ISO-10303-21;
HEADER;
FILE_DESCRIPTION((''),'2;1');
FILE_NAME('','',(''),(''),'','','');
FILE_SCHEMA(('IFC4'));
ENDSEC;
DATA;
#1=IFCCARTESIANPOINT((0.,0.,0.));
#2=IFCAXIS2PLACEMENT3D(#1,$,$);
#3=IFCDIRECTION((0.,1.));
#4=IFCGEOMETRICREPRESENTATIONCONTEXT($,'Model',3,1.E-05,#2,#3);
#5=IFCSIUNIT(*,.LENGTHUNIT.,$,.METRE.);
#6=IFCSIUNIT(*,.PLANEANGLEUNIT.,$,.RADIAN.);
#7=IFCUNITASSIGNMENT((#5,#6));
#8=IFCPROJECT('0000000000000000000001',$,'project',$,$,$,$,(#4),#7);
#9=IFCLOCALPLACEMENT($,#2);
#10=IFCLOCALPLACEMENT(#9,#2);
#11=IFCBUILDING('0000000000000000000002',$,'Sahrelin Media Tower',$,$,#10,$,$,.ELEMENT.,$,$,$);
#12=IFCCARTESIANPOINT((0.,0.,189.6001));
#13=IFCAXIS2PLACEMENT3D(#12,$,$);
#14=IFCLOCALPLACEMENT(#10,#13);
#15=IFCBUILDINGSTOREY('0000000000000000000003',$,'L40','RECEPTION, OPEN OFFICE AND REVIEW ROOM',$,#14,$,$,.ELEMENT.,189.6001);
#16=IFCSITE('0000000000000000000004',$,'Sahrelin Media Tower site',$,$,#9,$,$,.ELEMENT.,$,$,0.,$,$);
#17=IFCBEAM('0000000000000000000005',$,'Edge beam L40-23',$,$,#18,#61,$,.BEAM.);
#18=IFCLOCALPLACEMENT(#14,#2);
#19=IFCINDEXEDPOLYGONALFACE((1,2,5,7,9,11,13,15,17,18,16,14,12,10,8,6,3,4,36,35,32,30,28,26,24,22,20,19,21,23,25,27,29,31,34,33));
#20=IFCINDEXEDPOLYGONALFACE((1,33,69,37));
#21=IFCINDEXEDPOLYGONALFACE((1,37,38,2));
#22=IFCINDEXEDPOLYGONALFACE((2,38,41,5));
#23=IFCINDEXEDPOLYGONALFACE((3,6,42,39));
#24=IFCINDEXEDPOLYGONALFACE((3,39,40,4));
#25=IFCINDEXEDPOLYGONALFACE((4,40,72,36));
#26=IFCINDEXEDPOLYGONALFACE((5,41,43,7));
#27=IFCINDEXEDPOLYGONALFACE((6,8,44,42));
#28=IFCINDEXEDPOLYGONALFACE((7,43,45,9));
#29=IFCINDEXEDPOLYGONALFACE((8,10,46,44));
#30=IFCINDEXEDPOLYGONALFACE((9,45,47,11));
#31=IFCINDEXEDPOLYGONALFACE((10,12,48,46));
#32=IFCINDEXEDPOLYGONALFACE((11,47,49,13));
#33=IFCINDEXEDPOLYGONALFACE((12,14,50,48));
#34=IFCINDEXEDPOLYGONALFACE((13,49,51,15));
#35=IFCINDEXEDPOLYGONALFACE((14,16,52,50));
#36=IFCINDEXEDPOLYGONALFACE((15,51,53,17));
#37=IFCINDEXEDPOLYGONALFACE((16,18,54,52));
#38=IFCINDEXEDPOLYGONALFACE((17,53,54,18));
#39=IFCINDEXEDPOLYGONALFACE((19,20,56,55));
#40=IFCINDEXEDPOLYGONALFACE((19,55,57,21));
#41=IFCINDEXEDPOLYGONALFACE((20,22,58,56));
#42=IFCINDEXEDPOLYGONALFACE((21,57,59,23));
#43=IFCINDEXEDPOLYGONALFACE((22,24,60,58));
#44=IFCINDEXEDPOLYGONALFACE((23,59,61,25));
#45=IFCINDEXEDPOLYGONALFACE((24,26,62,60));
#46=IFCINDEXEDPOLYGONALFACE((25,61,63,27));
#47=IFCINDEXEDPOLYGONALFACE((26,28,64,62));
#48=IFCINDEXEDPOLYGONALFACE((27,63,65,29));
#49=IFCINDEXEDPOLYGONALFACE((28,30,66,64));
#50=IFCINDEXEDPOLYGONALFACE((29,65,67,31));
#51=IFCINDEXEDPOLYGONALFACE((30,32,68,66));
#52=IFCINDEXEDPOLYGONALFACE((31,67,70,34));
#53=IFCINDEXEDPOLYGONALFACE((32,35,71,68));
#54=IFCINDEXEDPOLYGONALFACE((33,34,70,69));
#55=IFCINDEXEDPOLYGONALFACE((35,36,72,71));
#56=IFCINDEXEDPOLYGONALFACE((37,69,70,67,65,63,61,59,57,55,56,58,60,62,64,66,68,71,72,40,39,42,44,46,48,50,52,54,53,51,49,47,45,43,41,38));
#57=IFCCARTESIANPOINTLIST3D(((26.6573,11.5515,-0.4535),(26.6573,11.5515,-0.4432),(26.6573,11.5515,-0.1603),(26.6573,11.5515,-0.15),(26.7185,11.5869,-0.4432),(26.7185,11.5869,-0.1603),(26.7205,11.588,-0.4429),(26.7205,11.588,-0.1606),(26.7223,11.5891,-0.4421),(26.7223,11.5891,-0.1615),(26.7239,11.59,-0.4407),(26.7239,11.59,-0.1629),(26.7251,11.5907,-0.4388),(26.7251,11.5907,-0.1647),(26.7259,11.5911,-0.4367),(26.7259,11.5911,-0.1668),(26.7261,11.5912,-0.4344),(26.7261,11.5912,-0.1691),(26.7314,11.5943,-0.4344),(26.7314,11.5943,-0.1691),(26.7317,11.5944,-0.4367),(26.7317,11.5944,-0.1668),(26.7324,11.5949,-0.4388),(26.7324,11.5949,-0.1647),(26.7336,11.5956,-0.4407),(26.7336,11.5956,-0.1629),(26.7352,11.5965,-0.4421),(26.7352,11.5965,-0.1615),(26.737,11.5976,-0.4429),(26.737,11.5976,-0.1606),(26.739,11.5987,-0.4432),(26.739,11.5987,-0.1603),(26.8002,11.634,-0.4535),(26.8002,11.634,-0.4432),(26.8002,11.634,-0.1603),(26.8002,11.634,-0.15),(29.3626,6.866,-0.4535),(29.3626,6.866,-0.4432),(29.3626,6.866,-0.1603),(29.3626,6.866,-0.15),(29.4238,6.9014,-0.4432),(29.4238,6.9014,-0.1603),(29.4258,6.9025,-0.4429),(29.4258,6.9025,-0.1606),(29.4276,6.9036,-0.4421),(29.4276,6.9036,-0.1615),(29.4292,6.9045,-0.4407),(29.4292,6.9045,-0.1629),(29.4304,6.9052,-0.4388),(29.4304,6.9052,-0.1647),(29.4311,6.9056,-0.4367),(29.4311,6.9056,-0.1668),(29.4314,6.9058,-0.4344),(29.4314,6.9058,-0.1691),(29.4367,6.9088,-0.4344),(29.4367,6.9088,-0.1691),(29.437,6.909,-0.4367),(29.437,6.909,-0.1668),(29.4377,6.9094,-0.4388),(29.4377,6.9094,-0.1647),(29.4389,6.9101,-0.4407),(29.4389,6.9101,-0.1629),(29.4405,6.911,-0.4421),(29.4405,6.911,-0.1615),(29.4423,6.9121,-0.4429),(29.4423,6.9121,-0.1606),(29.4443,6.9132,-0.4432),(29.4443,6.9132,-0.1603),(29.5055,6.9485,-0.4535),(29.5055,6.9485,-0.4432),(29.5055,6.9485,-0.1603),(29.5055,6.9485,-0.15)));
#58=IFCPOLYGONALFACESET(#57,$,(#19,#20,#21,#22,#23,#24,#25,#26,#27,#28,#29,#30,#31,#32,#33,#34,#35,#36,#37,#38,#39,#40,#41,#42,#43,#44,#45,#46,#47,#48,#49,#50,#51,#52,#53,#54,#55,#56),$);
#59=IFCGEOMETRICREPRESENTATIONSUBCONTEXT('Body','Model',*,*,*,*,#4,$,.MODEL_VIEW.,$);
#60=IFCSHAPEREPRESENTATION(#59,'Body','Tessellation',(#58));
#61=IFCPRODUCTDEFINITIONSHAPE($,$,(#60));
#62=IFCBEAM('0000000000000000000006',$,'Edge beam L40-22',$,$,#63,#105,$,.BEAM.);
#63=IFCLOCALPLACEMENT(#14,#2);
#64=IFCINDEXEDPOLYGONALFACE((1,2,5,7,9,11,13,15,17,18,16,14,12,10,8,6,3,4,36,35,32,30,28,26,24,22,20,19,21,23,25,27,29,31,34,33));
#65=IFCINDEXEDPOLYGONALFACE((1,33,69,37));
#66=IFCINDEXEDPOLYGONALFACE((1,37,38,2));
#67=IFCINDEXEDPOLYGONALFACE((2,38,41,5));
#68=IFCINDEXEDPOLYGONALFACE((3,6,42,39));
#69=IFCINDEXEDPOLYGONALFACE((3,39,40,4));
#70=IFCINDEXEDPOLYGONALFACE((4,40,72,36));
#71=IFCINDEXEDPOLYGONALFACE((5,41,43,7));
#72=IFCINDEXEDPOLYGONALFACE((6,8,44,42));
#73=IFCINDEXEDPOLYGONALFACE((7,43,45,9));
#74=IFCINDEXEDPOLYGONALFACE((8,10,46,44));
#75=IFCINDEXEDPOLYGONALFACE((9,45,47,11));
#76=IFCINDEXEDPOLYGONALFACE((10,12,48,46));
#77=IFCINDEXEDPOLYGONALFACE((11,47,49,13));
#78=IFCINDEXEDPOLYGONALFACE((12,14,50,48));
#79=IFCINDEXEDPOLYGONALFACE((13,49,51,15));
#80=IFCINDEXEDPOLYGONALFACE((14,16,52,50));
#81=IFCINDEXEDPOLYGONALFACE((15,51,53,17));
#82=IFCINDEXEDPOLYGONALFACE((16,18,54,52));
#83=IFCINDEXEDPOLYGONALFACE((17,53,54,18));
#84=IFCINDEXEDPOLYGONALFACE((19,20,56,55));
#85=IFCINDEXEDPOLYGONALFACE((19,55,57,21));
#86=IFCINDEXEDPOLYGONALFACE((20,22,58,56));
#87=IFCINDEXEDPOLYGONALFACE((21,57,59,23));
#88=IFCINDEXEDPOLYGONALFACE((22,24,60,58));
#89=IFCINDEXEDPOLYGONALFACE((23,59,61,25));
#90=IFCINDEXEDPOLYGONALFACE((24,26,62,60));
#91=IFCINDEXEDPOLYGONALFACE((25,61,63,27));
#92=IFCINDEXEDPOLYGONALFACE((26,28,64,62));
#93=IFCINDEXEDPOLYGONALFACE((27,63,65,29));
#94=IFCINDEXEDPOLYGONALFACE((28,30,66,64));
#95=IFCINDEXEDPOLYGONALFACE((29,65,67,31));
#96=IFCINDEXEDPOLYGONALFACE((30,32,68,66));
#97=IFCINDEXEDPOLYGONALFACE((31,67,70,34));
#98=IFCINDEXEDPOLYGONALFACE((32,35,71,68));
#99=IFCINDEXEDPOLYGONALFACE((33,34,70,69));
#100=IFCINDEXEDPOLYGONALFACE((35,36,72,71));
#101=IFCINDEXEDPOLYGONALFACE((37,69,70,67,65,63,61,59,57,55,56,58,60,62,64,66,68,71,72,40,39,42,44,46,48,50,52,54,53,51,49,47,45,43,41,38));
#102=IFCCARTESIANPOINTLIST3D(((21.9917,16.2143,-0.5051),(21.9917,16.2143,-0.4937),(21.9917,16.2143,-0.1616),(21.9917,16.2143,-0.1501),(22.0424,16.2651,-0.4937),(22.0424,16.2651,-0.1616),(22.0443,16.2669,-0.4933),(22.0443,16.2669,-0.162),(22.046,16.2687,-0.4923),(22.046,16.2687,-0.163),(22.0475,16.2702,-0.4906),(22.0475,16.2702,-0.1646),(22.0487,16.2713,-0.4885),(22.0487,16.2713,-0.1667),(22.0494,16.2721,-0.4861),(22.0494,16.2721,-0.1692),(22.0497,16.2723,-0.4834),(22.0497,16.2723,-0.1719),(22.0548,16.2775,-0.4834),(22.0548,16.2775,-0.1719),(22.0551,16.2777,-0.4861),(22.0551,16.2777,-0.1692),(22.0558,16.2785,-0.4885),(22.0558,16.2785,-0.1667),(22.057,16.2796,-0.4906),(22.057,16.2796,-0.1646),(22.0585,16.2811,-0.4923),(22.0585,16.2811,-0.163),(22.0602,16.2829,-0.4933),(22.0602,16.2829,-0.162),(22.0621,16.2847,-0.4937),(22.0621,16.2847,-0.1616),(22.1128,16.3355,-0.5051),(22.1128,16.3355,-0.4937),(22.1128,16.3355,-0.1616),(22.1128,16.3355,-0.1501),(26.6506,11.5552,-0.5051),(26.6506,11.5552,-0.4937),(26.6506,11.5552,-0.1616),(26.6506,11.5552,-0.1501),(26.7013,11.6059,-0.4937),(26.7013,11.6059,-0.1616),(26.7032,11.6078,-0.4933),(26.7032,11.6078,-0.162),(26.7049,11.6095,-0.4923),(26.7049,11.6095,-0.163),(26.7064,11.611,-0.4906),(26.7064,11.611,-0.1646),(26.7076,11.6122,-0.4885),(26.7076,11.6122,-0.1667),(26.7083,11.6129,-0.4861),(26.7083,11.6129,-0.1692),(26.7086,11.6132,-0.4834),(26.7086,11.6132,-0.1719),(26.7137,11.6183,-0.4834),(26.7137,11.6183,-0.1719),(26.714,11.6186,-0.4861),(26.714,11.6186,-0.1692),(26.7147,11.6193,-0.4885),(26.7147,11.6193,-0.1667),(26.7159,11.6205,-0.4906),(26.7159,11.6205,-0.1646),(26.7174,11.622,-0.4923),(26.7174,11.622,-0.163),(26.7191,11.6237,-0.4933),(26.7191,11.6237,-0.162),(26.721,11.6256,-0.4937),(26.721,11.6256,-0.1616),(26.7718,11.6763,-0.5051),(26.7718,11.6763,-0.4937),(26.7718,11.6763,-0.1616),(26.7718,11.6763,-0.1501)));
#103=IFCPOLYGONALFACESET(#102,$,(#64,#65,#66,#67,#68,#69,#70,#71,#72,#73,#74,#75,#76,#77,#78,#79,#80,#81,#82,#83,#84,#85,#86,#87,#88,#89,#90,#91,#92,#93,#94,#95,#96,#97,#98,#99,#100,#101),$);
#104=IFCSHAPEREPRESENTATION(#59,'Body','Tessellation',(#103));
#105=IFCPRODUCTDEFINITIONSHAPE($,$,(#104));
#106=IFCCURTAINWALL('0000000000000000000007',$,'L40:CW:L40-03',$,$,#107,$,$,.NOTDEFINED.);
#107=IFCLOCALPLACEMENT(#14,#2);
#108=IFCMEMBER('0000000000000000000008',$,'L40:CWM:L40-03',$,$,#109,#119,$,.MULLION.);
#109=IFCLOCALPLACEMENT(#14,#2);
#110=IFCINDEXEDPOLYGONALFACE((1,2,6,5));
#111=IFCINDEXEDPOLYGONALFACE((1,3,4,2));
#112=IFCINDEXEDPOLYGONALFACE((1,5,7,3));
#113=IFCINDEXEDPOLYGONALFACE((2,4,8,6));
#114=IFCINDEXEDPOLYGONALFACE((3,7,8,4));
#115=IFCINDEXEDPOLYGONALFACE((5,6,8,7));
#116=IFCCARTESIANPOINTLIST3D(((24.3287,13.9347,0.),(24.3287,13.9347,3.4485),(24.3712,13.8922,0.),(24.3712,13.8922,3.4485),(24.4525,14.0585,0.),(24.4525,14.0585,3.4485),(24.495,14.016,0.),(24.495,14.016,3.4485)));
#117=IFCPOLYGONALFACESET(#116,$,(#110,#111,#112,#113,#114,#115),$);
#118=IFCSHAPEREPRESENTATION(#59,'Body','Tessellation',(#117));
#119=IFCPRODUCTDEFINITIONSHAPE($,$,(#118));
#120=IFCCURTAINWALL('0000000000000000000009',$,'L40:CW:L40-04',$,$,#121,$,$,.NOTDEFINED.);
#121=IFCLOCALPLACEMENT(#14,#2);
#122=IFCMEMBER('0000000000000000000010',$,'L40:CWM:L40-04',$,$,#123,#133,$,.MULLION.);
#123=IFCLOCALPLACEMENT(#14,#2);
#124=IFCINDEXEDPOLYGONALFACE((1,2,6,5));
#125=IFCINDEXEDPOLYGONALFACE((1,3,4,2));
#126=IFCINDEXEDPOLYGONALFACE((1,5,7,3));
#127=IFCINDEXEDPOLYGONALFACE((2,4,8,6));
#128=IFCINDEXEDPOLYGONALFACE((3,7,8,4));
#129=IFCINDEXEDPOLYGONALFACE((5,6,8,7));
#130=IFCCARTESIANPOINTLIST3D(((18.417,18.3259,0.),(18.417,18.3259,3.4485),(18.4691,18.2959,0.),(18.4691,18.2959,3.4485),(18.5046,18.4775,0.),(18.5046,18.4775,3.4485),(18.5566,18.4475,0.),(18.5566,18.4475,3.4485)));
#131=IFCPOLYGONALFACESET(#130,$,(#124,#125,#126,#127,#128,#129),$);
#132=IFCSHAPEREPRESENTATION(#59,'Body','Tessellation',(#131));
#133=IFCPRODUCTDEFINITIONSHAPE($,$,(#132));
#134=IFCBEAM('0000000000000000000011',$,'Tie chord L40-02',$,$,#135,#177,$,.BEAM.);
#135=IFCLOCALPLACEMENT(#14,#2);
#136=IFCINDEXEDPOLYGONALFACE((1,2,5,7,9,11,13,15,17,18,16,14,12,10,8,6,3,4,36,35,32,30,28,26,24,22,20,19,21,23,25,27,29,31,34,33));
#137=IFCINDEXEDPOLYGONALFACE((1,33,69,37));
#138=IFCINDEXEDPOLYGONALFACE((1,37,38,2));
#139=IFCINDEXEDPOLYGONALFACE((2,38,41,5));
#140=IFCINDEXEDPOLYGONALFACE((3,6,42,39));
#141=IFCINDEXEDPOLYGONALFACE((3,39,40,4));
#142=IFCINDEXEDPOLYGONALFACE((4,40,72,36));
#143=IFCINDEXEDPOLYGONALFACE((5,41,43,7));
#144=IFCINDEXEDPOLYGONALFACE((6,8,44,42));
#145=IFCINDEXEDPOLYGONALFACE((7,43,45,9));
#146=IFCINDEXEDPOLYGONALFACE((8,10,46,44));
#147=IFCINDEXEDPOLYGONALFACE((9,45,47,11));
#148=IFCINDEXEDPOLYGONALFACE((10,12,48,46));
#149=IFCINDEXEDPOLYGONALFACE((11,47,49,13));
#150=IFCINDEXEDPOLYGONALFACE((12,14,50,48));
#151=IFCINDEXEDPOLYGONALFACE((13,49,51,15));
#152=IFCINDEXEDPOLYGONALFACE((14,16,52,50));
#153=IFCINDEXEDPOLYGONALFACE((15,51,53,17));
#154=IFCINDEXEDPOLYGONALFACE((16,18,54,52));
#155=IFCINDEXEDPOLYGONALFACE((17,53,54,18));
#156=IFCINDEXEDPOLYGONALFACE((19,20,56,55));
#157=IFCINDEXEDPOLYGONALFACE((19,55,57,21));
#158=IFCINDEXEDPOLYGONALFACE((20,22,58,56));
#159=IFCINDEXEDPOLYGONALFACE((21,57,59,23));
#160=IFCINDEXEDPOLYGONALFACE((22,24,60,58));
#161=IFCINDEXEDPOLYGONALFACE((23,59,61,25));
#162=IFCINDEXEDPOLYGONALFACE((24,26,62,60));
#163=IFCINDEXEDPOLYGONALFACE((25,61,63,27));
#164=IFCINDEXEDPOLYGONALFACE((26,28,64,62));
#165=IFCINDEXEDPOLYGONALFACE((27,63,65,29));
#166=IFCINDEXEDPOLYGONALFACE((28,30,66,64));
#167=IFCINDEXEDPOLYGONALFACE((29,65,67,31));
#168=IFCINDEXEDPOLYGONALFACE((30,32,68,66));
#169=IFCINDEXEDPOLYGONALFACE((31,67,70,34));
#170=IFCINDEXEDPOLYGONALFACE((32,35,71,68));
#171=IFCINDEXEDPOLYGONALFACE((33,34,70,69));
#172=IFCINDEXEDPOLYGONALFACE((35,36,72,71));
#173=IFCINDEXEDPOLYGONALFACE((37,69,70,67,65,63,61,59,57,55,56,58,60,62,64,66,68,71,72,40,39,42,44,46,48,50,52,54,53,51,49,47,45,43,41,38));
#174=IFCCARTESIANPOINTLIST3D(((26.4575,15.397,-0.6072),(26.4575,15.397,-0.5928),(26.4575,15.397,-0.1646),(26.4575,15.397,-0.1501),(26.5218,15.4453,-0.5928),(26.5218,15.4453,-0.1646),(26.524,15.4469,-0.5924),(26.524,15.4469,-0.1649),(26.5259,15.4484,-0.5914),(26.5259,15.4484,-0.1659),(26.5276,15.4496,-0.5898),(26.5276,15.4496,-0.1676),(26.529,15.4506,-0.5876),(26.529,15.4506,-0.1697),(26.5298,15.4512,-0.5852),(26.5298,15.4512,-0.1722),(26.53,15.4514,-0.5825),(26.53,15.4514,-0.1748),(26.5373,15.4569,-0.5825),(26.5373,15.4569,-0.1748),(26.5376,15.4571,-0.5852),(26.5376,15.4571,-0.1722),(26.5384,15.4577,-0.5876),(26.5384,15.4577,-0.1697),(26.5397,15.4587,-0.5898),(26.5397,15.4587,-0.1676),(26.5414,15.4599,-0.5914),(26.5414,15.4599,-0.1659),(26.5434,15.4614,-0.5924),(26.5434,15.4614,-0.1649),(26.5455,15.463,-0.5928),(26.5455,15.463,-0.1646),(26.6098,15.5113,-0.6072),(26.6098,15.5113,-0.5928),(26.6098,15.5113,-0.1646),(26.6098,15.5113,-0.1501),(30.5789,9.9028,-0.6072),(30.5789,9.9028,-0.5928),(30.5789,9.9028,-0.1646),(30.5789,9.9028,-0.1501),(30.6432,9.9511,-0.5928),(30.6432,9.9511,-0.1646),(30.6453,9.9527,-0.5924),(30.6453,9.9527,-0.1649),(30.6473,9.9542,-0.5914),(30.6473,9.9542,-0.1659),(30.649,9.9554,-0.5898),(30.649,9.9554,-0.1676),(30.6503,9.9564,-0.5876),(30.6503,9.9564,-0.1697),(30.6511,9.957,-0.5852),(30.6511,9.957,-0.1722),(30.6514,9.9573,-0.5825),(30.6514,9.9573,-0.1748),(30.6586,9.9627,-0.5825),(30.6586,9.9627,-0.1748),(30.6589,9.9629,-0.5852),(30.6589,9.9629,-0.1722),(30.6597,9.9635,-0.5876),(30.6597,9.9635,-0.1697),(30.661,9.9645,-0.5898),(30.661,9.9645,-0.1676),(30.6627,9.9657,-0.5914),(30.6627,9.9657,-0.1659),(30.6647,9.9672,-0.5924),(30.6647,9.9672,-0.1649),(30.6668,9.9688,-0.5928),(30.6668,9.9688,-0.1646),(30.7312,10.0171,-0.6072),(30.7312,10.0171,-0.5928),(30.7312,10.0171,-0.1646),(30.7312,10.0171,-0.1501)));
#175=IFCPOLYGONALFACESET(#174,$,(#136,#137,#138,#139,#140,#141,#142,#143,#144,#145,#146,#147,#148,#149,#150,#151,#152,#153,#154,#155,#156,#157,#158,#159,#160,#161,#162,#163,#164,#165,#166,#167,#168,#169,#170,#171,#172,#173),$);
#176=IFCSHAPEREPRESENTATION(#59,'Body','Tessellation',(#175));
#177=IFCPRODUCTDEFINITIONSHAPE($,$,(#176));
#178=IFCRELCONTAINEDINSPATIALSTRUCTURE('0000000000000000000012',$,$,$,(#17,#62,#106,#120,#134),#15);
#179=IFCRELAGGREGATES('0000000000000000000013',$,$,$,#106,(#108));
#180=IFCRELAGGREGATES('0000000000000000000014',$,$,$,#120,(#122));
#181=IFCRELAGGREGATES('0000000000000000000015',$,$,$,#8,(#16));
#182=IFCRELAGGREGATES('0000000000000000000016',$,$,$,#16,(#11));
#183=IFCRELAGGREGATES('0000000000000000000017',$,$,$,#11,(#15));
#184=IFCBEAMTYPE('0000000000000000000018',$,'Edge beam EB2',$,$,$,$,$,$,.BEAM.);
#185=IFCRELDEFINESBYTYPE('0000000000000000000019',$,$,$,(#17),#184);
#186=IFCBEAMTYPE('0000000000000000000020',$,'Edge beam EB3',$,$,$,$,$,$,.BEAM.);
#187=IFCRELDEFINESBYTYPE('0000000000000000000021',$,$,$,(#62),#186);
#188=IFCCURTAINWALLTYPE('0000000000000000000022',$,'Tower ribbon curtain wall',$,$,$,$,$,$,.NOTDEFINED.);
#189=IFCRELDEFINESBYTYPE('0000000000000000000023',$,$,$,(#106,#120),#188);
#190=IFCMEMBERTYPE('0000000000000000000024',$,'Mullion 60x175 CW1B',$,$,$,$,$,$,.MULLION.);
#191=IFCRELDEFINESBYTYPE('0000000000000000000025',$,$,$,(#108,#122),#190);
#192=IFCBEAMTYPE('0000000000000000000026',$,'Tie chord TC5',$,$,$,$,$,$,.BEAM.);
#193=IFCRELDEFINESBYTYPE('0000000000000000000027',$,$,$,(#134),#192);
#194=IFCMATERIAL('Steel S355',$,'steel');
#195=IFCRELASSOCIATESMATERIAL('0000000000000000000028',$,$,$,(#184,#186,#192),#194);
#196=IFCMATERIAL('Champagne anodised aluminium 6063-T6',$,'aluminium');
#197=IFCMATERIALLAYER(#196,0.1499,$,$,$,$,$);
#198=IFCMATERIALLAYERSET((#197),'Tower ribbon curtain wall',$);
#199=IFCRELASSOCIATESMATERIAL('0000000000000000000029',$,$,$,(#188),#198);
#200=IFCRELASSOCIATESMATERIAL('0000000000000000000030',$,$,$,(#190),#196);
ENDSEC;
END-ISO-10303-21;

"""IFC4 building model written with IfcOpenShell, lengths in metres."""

from ifc_helpers import new_model, si_unit, direction, frame, origin, origin_2d, place, context, subcontext, project, spatial, rectangle, i_section, extrude, material, layer, layer_set, material_profile, profile_set, type_object, element, aggregate, save


model = new_model("IFC4")

# Units and contexts
model_context = context("Model", 3, precision=1e-05, world=origin(), true_north=direction((0.0, 1.0)))
body_context = subcontext(model_context, "Body", "Model", "MODEL_VIEW")
ifc_project = project(units=[si_unit("LENGTHUNIT", "METRE"), si_unit("PLANEANGLEUNIT", "RADIAN")], contexts=[model_context])

# Site, building, storey
site_placement = place(None, origin())
site = spatial("IfcSite", under=ifc_project, at=site_placement, Name="Sahrelin Media Tower site", CompositionType="ELEMENT", RefElevation=0.0)
building_placement = place(site_placement, origin())
building = spatial("IfcBuilding", under=site, at=building_placement, Name="Sahrelin Media Tower", CompositionType="ELEMENT")
storey_placement = place(building_placement, frame((0.0, 0.0, 189.6001)))
storey = spatial("IfcBuildingStorey", under=building, at=storey_placement, Name="L40", Description="RECEPTION, OPEN OFFICE AND REVIEW ROOM", CompositionType="ELEMENT", Elevation=189.6001)

# Beams
ifc_material_1 = material(Name="Steel S355", Category="steel")
ifc_material_profile_1 = material_profile(ifc_material_1, i_section(OverallWidth=0.165, OverallDepth=0.3035, WebThickness=0.0061, FlangeThickness=0.0103, FilletRadius=0.0088, at=origin_2d()), Name="UB 305x165x40")
ifc_profile_set_1 = profile_set([ifc_material_profile_1], Name="Steel S355")
beam_type_1 = type_object("IfcBeamType", Name="Edge beam EB2", PredefinedType="BEAM", material=ifc_profile_set_1)
beam_1_placement = place(storey_placement, frame((26.7288, 11.5928, -0.3018), z_axis=(0.500017, -0.866016, 0.0), x_axis=(0.866016, 0.500017, 0.0)))
element("IfcBeam", 1, at=beam_1_placement, inside=storey, type_object=beam_type_1, Name="Edge beam L40-23", PredefinedType="BEAM", context=body_context, shape_type="SweptSolid", body=[
    extrude(i_section(OverallWidth=0.165, OverallDepth=0.3035, WebThickness=0.0061, FlangeThickness=0.0103, FilletRadius=0.0088, at=origin_2d()), origin(), (0.0, 0.0, 1.0), 5.4104),
])
ifc_material_profile_2 = material_profile(ifc_material_1, i_section(OverallWidth=0.1714, OverallDepth=0.355, WebThickness=0.0073, FlangeThickness=0.0115, FilletRadius=0.0103, at=origin_2d()), Name="UB 356x171x51")
ifc_profile_set_2 = profile_set([ifc_material_profile_2], Name="Steel S355")
beam_type_2 = type_object("IfcBeamType", Name="Edge beam EB3", PredefinedType="BEAM", material=ifc_profile_set_2)
beam_2_placement = place(storey_placement, frame((22.0522, 16.2749, -0.3276), z_axis=(0.707088, -0.707125, 0.0), x_axis=(0.707125, 0.707088, 0.0)))
element("IfcBeam", 2, at=beam_2_placement, inside=storey, type_object=beam_type_2, Name="Edge beam L40-22", PredefinedType="BEAM", context=body_context, shape_type="SweptSolid", body=[
    extrude(i_section(OverallWidth=0.1714, OverallDepth=0.355, WebThickness=0.0073, FlangeThickness=0.0115, FilletRadius=0.0103, at=origin_2d()), origin(), (0.0, 0.0, 1.0), 6.5889),
])

# Curtain walls, members
ifc_material_2 = material(Name="Champagne anodised aluminium 6063-T6", Category="aluminium")
ifc_layer_1 = layer(ifc_material_2, 0.1499)
ifc_layer_set_1 = layer_set([ifc_layer_1], Name="Tower ribbon curtain wall")
curtain_wall_type = type_object("IfcCurtainWallType", Name="Tower ribbon curtain wall", PredefinedType="NOTDEFINED", material=ifc_layer_set_1)
curtain_wall_1_placement = place(storey_placement, frame((24.4878, 14.0513, 0.0), z_axis=(0.0, 0.0, 1.0), x_axis=(1.0, 0.0, 0.0)))
curtain_wall_1 = element("IfcCurtainWall", 3, at=curtain_wall_1_placement, inside=storey, type_object=curtain_wall_type, Name="L40:CW:L40-03", PredefinedType="NOTDEFINED")
ifc_material_profile_3 = material_profile(ifc_material_2, rectangle(XDim=0.0601, YDim=0.175, at=origin_2d()), Name="Mullion 60x175")
ifc_profile_set_3 = profile_set([ifc_material_profile_3], Name="Champagne anodised aluminium 6063-T6")
member_type_1 = type_object("IfcMemberType", Name="Mullion 60x175 CW1B", PredefinedType="MULLION", material=ifc_profile_set_3)
member_1_placement = place(storey_placement, frame((24.4119, 13.9753, 0.0), z_axis=(0.0, 0.0, 1.0), x_axis=(-0.707107, 0.707107, 0.0)))
member_1 = element("IfcMember", 4, at=member_1_placement, type_object=member_type_1, Name="L40:CWM:L40-03", PredefinedType="MULLION", context=body_context, shape_type="SweptSolid", body=[
    extrude(rectangle(XDim=0.0601, YDim=0.175, at=origin_2d()), origin(), (0.0, 0.0, 1.0), 3.4485),
])
curtain_wall_2_placement = place(storey_placement, frame((18.5403, 18.4797, 0.0), z_axis=(0.0, 0.0, 1.0), x_axis=(1.0, 0.0, 0.0)))
curtain_wall_2 = element("IfcCurtainWall", 5, at=curtain_wall_2_placement, inside=storey, type_object=curtain_wall_type, Name="L40:CW:L40-04", PredefinedType="NOTDEFINED")
member_2_placement = place(storey_placement, frame((18.4868, 18.3867, 0.0), z_axis=(0.0, 0.0, 1.0), x_axis=(-0.866024, 0.500003, 0.0)))
member_2 = element("IfcMember", 6, at=member_2_placement, type_object=member_type_1, Name="L40:CWM:L40-04", PredefinedType="MULLION", context=body_context, shape_type="SweptSolid", body=[
    extrude(rectangle(XDim=0.0601, YDim=0.175, at=origin_2d()), origin(), (0.0, 0.0, 1.0), 3.4485),
])

# Beam
ifc_material_profile_4 = material_profile(ifc_material_1, i_section(OverallWidth=0.1904, OverallDepth=0.457, WebThickness=0.009, FlangeThickness=0.0144, FilletRadius=0.0103, at=origin_2d()), Name="UB 457x191x74")
ifc_profile_set_4 = profile_set([ifc_material_profile_4], Name="Steel S355")
beam_type_3 = type_object("IfcBeamType", Name="Tie chord TC5", PredefinedType="BEAM", material=ifc_profile_set_4)
beam_3_placement = place(storey_placement, frame((30.655, 9.96, -0.3787), z_axis=(-0.600068, 0.799949, 0.0), x_axis=(-0.799949, -0.600068, 0.0)))
element("IfcBeam", 7, at=beam_3_placement, inside=storey, type_object=beam_type_3, Name="Tie chord L40-02", PredefinedType="BEAM", context=body_context, shape_type="SweptSolid", body=[
    extrude(i_section(OverallWidth=0.1904, OverallDepth=0.457, WebThickness=0.009, FlangeThickness=0.0144, FilletRadius=0.0103, at=origin_2d()), origin(), (0.0, 0.0, 1.0), 6.8682),
])

aggregate(curtain_wall_1, [member_1])
aggregate(curtain_wall_2, [member_2])

save(model, "model.ifc")
